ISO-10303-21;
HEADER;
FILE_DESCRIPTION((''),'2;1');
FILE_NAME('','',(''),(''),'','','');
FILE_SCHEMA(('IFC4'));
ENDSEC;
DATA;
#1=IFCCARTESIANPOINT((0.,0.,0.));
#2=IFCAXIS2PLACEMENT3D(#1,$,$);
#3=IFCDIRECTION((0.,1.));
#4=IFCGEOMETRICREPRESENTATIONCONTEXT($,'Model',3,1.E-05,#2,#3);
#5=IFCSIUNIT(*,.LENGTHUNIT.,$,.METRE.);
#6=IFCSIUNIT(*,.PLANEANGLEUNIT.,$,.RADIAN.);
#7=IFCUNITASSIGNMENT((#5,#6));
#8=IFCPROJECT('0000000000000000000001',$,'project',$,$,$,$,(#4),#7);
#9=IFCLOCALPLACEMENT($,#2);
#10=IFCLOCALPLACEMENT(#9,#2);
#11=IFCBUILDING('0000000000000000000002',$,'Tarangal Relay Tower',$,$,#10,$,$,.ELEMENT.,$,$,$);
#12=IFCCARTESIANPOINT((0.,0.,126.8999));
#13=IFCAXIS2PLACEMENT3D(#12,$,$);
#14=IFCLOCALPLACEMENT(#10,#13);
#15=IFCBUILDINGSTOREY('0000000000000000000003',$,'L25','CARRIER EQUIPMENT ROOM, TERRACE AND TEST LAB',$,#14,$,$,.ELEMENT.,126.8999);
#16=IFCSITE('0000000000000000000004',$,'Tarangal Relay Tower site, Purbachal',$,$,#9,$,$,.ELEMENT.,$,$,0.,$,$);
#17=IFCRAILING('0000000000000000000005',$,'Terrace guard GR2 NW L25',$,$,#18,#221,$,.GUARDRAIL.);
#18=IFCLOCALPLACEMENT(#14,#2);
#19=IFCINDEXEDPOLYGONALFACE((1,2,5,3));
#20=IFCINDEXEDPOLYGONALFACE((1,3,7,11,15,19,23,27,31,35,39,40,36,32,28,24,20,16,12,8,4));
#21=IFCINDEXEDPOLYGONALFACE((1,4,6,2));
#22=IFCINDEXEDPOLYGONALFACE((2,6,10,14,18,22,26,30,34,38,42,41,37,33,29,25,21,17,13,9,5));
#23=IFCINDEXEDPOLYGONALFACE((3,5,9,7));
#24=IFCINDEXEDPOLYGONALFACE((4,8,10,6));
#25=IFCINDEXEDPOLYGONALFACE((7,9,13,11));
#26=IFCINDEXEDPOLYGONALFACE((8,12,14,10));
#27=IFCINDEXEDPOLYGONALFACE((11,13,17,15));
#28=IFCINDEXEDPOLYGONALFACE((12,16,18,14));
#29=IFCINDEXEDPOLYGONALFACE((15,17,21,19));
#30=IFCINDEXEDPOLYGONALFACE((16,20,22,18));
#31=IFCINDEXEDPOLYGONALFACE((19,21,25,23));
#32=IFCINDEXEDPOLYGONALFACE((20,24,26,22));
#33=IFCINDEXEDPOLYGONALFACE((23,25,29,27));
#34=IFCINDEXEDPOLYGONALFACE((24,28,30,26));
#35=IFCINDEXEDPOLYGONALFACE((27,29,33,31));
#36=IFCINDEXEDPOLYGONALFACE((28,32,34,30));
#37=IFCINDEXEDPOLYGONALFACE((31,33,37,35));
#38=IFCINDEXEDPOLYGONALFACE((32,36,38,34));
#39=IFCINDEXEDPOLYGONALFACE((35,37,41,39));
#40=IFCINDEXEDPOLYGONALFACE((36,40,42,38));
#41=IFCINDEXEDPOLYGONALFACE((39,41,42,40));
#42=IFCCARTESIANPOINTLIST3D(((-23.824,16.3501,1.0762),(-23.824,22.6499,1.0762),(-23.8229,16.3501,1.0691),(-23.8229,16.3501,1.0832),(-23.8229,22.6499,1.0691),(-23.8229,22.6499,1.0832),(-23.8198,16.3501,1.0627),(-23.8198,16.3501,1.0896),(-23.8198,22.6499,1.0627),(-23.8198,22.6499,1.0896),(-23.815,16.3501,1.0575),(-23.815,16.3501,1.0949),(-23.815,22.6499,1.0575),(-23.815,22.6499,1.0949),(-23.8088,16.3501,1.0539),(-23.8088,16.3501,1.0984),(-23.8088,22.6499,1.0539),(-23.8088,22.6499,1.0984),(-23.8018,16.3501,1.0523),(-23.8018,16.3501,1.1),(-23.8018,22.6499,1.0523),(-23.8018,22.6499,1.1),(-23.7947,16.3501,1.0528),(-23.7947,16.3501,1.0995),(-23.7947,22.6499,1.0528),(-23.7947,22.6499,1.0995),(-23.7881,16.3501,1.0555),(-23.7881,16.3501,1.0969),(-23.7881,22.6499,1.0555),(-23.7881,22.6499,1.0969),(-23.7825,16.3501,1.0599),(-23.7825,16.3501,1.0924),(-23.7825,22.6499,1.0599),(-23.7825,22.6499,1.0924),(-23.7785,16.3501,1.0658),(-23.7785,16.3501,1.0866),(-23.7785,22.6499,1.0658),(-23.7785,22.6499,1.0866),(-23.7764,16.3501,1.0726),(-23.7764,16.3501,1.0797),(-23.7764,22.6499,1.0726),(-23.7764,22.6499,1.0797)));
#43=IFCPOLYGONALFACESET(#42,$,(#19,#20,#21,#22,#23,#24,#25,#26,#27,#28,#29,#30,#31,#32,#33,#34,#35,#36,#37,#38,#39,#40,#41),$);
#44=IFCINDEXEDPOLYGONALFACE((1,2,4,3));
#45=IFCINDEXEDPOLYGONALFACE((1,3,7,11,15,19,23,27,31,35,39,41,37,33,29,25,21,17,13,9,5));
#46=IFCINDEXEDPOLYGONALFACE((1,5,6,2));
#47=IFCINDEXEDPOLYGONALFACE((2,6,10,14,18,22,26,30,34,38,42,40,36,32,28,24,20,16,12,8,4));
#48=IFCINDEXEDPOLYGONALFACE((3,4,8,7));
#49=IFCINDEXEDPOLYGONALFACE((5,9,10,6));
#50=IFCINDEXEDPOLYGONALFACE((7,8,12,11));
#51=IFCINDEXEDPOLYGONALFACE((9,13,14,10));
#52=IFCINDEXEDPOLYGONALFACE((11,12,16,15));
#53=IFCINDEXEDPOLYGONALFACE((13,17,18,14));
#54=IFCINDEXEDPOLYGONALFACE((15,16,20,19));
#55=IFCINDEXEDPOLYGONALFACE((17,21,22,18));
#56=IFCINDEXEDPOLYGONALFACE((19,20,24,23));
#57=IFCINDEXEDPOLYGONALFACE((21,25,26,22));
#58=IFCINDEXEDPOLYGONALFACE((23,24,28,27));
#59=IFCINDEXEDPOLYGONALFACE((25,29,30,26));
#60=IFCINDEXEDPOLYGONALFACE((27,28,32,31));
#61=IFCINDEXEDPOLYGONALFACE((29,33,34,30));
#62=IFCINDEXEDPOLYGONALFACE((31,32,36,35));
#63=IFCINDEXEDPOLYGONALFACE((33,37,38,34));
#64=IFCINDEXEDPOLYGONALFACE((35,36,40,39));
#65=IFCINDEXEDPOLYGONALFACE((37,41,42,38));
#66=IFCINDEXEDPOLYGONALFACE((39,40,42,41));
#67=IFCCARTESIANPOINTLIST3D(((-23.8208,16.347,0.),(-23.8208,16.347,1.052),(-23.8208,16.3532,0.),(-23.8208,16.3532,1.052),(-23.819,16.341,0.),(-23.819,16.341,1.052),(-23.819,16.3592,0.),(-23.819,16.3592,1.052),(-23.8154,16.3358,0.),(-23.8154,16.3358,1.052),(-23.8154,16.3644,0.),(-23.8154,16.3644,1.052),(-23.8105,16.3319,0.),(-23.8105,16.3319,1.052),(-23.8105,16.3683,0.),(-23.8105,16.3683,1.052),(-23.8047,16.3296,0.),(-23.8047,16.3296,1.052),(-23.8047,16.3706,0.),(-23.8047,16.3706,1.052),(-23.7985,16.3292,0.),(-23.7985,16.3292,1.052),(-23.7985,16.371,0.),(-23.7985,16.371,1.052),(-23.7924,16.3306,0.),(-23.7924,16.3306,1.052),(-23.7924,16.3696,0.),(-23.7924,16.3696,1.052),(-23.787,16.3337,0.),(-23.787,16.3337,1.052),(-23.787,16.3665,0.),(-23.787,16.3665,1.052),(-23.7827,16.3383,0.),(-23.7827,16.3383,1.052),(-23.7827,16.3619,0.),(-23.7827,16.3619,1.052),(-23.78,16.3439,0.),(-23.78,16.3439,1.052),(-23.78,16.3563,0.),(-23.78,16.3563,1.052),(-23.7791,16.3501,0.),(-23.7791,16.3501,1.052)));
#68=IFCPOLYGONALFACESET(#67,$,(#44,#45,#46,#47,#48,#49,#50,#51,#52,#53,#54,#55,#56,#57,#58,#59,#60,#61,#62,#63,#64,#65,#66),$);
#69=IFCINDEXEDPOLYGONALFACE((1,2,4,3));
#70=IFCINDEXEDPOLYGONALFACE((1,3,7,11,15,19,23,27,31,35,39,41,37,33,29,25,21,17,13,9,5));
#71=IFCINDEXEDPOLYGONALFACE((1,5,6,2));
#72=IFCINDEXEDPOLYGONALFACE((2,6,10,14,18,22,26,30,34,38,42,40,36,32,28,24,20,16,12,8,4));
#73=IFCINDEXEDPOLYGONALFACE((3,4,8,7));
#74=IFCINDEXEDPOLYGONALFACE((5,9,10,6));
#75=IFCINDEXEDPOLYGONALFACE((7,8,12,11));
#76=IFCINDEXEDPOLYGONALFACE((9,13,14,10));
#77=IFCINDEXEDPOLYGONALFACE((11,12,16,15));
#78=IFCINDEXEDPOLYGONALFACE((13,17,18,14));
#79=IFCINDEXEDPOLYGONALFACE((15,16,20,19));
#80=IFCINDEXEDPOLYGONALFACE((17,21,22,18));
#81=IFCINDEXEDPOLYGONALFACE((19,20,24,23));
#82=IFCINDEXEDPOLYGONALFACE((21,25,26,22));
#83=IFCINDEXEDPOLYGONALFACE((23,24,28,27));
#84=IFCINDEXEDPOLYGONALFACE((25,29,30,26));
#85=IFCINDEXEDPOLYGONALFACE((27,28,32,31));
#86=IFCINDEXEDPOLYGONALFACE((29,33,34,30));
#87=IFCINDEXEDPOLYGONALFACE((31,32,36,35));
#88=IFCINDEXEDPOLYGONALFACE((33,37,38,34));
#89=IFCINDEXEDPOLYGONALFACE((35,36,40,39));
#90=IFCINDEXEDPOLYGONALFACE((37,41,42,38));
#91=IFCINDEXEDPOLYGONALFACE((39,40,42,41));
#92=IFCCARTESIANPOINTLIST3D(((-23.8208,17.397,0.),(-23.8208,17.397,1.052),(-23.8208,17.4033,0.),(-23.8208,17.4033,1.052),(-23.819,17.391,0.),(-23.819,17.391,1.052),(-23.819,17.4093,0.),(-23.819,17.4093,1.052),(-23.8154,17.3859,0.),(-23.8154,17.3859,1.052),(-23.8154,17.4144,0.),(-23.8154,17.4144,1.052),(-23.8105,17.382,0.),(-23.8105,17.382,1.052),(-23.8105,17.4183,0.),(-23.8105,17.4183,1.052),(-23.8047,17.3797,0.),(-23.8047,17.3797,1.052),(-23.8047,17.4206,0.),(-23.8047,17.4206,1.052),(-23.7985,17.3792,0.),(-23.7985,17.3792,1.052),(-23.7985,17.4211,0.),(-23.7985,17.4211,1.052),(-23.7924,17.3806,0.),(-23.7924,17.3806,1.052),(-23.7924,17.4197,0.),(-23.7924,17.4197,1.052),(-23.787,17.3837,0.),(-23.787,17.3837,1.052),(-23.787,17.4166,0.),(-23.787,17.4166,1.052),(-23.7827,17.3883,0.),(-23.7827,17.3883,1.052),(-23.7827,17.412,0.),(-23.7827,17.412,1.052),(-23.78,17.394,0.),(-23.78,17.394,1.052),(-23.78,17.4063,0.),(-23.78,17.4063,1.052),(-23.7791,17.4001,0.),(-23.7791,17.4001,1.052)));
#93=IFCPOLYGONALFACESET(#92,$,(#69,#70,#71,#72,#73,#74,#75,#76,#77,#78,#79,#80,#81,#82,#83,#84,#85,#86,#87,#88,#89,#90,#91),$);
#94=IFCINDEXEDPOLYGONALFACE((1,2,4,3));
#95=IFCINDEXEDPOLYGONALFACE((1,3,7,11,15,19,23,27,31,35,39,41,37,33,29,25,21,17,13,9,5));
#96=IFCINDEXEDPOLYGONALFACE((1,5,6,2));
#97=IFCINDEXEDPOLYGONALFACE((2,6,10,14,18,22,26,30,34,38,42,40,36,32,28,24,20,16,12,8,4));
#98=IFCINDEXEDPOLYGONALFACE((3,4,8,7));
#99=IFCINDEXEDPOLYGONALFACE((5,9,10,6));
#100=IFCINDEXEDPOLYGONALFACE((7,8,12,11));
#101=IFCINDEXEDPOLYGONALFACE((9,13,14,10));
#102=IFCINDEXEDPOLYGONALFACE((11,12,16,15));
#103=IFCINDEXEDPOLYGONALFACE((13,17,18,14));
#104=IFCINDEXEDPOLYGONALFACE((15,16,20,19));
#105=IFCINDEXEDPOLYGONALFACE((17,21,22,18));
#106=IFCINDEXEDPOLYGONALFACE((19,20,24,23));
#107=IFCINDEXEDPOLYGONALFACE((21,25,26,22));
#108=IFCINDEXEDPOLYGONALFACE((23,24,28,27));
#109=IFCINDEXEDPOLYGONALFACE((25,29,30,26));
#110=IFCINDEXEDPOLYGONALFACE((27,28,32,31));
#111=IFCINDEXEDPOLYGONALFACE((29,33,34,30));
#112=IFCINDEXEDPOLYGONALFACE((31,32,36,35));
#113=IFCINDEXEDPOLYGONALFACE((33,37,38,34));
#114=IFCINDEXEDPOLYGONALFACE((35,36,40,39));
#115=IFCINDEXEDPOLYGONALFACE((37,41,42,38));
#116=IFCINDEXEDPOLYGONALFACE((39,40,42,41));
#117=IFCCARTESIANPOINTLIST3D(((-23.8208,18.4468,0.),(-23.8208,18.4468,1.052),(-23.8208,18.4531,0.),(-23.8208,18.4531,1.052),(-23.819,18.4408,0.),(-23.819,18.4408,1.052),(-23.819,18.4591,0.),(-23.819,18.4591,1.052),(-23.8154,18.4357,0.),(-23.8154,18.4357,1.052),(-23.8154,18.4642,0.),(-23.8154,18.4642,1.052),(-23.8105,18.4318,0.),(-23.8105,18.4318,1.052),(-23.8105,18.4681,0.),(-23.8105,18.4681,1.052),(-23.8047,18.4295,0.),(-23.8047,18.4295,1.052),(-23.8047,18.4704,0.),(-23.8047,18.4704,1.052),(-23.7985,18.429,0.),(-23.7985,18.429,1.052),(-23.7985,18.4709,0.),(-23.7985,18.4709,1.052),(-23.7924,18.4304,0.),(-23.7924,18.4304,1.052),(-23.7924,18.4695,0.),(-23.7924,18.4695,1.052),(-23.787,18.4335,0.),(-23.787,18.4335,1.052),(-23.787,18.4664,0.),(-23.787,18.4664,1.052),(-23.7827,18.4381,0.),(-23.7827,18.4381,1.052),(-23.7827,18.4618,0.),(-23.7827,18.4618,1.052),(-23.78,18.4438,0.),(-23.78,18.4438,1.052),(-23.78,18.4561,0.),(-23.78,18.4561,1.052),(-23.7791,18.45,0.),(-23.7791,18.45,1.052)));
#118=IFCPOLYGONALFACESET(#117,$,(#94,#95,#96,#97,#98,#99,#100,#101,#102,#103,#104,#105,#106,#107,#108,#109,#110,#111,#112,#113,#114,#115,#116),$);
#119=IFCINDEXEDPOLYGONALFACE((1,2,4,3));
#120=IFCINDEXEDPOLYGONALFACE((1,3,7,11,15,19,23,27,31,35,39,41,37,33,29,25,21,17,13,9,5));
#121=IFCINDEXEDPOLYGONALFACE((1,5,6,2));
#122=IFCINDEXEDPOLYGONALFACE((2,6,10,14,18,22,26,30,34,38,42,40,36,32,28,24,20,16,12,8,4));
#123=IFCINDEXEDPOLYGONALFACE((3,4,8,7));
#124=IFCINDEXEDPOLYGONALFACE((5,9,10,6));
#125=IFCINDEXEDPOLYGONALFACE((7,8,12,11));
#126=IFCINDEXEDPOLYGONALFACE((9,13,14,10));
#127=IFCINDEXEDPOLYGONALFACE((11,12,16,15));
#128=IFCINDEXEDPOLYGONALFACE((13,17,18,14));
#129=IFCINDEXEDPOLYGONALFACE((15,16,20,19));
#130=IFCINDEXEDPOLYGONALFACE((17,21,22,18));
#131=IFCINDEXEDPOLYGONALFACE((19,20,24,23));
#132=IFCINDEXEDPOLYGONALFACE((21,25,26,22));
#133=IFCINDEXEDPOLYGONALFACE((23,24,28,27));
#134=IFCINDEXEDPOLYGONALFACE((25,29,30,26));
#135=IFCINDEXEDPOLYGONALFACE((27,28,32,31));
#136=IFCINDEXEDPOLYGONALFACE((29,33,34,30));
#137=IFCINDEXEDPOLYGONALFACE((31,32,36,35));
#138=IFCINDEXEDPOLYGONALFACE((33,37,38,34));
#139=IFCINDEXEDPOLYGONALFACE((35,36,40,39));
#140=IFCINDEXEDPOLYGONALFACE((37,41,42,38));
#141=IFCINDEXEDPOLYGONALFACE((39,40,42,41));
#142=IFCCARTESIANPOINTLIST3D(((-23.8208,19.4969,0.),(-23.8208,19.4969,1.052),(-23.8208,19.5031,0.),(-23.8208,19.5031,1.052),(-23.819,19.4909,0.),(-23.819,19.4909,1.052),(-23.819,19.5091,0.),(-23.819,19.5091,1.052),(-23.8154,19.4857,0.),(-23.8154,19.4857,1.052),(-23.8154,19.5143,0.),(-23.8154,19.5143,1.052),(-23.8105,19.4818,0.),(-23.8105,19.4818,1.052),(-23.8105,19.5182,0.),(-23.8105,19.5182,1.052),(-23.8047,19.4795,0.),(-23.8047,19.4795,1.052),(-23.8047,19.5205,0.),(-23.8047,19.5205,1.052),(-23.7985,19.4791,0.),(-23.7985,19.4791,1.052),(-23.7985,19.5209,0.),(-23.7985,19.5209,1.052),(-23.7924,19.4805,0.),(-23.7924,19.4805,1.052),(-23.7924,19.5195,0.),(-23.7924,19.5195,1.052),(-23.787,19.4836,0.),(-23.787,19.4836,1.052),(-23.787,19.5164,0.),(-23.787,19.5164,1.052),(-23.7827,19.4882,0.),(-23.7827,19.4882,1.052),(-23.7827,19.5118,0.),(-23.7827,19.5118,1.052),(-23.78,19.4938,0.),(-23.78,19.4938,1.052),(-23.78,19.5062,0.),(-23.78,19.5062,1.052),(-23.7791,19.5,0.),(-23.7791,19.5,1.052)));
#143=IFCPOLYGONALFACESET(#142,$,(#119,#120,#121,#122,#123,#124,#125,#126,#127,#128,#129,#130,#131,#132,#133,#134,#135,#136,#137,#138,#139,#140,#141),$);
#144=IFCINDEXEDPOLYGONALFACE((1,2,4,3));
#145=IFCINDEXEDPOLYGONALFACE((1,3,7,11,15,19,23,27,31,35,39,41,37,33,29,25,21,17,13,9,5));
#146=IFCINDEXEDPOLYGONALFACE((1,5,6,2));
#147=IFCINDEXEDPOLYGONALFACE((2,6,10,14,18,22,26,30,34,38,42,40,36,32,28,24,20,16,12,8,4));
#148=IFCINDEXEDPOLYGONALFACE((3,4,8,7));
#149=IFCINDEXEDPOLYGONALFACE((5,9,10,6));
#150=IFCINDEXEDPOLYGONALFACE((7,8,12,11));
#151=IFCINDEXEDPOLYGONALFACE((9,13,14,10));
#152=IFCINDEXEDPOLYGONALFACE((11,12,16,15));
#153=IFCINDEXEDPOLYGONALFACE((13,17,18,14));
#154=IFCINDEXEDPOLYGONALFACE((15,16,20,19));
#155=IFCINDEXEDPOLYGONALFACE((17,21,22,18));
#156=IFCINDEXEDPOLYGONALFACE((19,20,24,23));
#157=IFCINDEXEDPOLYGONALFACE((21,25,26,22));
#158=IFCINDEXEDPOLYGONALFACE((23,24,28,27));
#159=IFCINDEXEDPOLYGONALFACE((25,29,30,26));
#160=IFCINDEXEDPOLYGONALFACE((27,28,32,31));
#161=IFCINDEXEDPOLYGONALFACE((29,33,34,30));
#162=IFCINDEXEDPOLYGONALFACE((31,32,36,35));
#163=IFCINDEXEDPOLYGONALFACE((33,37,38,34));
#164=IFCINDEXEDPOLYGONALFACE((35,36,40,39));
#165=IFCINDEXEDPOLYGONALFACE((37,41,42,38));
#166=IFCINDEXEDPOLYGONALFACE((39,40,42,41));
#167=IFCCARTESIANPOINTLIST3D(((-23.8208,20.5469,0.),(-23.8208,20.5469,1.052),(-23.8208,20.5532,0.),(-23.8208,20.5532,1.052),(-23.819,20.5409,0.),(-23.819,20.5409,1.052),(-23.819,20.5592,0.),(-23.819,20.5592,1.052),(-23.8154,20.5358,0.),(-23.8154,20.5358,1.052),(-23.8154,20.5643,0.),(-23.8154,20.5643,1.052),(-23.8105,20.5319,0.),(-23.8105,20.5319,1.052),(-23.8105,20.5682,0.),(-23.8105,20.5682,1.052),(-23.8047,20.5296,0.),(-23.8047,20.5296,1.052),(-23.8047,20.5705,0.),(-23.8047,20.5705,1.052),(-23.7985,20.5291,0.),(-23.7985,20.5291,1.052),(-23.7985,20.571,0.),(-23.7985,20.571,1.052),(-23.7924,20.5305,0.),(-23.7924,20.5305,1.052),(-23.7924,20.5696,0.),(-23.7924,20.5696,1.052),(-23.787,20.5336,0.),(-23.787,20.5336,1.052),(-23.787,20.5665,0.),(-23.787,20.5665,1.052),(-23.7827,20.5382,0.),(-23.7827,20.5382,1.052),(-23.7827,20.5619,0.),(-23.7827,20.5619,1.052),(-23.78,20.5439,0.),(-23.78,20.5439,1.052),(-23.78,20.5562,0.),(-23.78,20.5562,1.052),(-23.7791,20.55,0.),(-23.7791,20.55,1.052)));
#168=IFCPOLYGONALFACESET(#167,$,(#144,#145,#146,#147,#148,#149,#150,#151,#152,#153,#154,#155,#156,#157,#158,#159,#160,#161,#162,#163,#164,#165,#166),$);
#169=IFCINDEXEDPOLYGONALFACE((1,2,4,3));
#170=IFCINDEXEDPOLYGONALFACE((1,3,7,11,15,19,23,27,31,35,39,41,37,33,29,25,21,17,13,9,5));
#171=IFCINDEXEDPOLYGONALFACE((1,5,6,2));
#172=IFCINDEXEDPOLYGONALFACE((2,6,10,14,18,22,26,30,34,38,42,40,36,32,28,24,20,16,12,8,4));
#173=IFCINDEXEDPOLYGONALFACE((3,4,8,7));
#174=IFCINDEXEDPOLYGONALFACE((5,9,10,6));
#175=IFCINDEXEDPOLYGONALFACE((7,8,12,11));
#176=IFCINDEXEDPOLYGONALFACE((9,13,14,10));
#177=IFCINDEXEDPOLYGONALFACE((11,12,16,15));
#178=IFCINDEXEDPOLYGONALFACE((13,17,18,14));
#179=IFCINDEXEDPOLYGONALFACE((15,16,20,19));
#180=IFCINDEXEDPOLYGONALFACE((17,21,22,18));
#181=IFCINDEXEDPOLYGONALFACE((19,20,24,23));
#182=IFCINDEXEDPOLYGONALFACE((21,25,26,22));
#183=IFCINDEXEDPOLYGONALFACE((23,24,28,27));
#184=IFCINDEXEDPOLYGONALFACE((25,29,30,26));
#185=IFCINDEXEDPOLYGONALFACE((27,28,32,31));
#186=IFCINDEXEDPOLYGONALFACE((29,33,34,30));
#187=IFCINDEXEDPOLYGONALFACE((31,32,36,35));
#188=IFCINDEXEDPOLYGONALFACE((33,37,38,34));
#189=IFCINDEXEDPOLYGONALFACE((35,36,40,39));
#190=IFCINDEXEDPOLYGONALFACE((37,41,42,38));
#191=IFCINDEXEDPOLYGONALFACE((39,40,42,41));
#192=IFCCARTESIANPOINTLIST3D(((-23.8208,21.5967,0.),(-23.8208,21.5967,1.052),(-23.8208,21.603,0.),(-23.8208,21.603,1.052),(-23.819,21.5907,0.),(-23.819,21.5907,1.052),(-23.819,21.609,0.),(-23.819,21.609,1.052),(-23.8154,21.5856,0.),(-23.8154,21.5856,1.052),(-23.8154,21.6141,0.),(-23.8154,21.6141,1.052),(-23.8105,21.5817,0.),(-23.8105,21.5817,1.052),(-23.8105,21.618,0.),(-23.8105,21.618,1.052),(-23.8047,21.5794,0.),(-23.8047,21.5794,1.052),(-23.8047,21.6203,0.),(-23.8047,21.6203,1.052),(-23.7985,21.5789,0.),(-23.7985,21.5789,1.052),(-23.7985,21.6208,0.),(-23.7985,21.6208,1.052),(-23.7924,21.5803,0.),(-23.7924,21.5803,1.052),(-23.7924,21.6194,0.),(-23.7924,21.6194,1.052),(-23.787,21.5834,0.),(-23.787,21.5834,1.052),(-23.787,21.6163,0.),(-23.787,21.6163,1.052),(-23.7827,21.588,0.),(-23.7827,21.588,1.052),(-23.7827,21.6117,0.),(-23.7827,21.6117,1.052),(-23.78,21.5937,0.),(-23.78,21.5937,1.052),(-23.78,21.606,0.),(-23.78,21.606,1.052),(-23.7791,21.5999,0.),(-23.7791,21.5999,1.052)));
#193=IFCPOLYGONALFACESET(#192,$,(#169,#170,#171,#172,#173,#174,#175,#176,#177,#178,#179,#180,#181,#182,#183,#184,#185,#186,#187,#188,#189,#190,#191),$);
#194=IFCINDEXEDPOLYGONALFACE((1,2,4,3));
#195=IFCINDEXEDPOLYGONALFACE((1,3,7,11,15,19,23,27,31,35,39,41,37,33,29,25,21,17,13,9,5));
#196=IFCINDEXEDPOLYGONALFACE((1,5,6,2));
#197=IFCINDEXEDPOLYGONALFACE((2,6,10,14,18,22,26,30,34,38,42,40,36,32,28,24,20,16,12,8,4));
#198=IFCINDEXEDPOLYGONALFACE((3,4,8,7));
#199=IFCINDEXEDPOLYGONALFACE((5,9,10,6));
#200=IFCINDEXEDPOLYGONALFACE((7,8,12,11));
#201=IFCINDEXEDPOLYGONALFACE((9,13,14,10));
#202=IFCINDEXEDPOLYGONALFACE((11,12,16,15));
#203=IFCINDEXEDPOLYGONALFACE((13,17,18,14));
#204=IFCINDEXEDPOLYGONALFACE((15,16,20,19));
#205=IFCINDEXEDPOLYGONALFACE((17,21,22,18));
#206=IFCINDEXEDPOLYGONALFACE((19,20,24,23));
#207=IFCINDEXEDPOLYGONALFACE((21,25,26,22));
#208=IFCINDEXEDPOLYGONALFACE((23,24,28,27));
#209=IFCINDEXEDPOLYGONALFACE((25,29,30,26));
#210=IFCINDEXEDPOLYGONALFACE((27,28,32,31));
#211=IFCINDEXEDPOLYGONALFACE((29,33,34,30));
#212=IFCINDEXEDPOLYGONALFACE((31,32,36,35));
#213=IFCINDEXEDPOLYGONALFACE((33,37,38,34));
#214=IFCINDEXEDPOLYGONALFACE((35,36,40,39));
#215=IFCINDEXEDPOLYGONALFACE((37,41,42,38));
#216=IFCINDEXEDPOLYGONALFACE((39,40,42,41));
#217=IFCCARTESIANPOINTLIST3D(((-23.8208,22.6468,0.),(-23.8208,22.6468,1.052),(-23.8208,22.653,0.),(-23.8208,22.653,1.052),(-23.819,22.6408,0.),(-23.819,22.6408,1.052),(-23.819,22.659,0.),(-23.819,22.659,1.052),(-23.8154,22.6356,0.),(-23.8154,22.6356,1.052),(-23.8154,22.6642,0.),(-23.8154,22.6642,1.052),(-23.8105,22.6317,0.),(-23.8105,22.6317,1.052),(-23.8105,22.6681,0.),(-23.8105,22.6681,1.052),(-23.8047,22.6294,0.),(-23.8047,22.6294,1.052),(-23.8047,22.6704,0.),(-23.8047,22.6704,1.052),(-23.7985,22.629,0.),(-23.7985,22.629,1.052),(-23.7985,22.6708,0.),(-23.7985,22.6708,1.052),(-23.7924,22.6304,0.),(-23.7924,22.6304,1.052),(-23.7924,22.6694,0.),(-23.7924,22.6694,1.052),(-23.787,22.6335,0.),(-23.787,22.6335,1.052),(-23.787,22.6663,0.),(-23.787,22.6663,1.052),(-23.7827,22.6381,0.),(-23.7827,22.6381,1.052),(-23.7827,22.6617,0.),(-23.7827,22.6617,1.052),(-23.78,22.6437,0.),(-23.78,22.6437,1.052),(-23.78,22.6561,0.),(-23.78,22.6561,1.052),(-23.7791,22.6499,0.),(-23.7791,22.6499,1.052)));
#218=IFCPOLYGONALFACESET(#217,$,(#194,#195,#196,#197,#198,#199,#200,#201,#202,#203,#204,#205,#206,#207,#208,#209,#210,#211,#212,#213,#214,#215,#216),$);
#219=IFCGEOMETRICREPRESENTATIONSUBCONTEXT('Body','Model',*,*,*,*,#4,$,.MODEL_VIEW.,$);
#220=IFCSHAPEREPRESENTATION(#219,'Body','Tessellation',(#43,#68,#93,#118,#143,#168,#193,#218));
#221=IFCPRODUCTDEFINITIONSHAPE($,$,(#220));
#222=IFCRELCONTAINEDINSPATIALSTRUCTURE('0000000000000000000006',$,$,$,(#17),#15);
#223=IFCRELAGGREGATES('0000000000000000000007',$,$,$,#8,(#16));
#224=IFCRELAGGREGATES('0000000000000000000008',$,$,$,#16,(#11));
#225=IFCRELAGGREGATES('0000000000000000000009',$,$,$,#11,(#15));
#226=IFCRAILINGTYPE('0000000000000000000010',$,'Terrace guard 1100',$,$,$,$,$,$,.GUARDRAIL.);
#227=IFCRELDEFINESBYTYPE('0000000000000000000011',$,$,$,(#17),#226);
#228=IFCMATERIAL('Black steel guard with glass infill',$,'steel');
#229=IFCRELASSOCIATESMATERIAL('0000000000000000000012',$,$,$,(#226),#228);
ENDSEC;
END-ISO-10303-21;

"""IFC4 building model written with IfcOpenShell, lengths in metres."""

from ifc_helpers import new_model, si_unit, direction, frame, origin, origin_2d, place, context, subcontext, project, spatial, circle, extrude, material, type_object, element, save


model = new_model("IFC4")

# Units and contexts
model_context = context("Model", 3, precision=1e-05, world=origin(), true_north=direction((0.0, 1.0)))
body_context = subcontext(model_context, "Body", "Model", "MODEL_VIEW")
ifc_project = project(units=[si_unit("LENGTHUNIT", "METRE"), si_unit("PLANEANGLEUNIT", "RADIAN")], contexts=[model_context])

# Site, building, storey
site_placement = place(None, origin())
site = spatial("IfcSite", under=ifc_project, at=site_placement, Name="Tarangal Relay Tower site, Purbachal", CompositionType="ELEMENT", RefElevation=0.0)
building_placement = place(site_placement, origin())
building = spatial("IfcBuilding", under=site, at=building_placement, Name="Tarangal Relay Tower", CompositionType="ELEMENT")
storey_placement = place(building_placement, frame((0.0, 0.0, 126.8999)))
storey = spatial("IfcBuildingStorey", under=building, at=storey_placement, Name="L25", Description="CARRIER EQUIPMENT ROOM, TERRACE AND TEST LAB", CompositionType="ELEMENT", Elevation=126.8999)

# Railing
ifc_material_1 = material(Name="Black steel guard with glass infill", Category="steel")
railing_type = type_object("IfcRailingType", Name="Terrace guard 1100", PredefinedType="GUARDRAIL", material=ifc_material_1)
railing_1_placement = place(storey_placement, frame((-23.8, 16.3501, 0.0)))
element("IfcRailing", 1, at=railing_1_placement, inside=storey, type_object=railing_type, Name="Terrace guard GR2 NW L25", PredefinedType="GUARDRAIL", context=body_context, shape_type="SweptSolid", body=[
    extrude(circle(Radius=0.0239, at=origin_2d()), frame((0.0, 0.0, 1.0762), z_axis=(0.0, 1.0, 0.0), x_axis=(-1.0, 0.0, 0.0)), (0.0, 0.0, 1.0), 6.2998),
    extrude(circle(Radius=0.021, at=origin_2d()), origin(), (0.0, 0.0, 1.0), 1.052),
    extrude(circle(Radius=0.021, at=origin_2d()), frame((0.0, 1.05, 0.0)), (0.0, 0.0, 1.0), 1.052),
    extrude(circle(Radius=0.021, at=origin_2d()), frame((0.0, 2.0999, 0.0)), (0.0, 0.0, 1.0), 1.052),
    extrude(circle(Radius=0.021, at=origin_2d()), frame((0.0, 3.1499, 0.0)), (0.0, 0.0, 1.0), 1.052),
    extrude(circle(Radius=0.021, at=origin_2d()), frame((0.0, 4.2, 0.0)), (0.0, 0.0, 1.0), 1.052),
    extrude(circle(Radius=0.021, at=origin_2d()), frame((0.0, 5.2498, 0.0)), (0.0, 0.0, 1.0), 1.052),
    extrude(circle(Radius=0.021, at=origin_2d()), frame((0.0, 6.2998, 0.0)), (0.0, 0.0, 1.0), 1.052),
])

save(model, "model.ifc")
